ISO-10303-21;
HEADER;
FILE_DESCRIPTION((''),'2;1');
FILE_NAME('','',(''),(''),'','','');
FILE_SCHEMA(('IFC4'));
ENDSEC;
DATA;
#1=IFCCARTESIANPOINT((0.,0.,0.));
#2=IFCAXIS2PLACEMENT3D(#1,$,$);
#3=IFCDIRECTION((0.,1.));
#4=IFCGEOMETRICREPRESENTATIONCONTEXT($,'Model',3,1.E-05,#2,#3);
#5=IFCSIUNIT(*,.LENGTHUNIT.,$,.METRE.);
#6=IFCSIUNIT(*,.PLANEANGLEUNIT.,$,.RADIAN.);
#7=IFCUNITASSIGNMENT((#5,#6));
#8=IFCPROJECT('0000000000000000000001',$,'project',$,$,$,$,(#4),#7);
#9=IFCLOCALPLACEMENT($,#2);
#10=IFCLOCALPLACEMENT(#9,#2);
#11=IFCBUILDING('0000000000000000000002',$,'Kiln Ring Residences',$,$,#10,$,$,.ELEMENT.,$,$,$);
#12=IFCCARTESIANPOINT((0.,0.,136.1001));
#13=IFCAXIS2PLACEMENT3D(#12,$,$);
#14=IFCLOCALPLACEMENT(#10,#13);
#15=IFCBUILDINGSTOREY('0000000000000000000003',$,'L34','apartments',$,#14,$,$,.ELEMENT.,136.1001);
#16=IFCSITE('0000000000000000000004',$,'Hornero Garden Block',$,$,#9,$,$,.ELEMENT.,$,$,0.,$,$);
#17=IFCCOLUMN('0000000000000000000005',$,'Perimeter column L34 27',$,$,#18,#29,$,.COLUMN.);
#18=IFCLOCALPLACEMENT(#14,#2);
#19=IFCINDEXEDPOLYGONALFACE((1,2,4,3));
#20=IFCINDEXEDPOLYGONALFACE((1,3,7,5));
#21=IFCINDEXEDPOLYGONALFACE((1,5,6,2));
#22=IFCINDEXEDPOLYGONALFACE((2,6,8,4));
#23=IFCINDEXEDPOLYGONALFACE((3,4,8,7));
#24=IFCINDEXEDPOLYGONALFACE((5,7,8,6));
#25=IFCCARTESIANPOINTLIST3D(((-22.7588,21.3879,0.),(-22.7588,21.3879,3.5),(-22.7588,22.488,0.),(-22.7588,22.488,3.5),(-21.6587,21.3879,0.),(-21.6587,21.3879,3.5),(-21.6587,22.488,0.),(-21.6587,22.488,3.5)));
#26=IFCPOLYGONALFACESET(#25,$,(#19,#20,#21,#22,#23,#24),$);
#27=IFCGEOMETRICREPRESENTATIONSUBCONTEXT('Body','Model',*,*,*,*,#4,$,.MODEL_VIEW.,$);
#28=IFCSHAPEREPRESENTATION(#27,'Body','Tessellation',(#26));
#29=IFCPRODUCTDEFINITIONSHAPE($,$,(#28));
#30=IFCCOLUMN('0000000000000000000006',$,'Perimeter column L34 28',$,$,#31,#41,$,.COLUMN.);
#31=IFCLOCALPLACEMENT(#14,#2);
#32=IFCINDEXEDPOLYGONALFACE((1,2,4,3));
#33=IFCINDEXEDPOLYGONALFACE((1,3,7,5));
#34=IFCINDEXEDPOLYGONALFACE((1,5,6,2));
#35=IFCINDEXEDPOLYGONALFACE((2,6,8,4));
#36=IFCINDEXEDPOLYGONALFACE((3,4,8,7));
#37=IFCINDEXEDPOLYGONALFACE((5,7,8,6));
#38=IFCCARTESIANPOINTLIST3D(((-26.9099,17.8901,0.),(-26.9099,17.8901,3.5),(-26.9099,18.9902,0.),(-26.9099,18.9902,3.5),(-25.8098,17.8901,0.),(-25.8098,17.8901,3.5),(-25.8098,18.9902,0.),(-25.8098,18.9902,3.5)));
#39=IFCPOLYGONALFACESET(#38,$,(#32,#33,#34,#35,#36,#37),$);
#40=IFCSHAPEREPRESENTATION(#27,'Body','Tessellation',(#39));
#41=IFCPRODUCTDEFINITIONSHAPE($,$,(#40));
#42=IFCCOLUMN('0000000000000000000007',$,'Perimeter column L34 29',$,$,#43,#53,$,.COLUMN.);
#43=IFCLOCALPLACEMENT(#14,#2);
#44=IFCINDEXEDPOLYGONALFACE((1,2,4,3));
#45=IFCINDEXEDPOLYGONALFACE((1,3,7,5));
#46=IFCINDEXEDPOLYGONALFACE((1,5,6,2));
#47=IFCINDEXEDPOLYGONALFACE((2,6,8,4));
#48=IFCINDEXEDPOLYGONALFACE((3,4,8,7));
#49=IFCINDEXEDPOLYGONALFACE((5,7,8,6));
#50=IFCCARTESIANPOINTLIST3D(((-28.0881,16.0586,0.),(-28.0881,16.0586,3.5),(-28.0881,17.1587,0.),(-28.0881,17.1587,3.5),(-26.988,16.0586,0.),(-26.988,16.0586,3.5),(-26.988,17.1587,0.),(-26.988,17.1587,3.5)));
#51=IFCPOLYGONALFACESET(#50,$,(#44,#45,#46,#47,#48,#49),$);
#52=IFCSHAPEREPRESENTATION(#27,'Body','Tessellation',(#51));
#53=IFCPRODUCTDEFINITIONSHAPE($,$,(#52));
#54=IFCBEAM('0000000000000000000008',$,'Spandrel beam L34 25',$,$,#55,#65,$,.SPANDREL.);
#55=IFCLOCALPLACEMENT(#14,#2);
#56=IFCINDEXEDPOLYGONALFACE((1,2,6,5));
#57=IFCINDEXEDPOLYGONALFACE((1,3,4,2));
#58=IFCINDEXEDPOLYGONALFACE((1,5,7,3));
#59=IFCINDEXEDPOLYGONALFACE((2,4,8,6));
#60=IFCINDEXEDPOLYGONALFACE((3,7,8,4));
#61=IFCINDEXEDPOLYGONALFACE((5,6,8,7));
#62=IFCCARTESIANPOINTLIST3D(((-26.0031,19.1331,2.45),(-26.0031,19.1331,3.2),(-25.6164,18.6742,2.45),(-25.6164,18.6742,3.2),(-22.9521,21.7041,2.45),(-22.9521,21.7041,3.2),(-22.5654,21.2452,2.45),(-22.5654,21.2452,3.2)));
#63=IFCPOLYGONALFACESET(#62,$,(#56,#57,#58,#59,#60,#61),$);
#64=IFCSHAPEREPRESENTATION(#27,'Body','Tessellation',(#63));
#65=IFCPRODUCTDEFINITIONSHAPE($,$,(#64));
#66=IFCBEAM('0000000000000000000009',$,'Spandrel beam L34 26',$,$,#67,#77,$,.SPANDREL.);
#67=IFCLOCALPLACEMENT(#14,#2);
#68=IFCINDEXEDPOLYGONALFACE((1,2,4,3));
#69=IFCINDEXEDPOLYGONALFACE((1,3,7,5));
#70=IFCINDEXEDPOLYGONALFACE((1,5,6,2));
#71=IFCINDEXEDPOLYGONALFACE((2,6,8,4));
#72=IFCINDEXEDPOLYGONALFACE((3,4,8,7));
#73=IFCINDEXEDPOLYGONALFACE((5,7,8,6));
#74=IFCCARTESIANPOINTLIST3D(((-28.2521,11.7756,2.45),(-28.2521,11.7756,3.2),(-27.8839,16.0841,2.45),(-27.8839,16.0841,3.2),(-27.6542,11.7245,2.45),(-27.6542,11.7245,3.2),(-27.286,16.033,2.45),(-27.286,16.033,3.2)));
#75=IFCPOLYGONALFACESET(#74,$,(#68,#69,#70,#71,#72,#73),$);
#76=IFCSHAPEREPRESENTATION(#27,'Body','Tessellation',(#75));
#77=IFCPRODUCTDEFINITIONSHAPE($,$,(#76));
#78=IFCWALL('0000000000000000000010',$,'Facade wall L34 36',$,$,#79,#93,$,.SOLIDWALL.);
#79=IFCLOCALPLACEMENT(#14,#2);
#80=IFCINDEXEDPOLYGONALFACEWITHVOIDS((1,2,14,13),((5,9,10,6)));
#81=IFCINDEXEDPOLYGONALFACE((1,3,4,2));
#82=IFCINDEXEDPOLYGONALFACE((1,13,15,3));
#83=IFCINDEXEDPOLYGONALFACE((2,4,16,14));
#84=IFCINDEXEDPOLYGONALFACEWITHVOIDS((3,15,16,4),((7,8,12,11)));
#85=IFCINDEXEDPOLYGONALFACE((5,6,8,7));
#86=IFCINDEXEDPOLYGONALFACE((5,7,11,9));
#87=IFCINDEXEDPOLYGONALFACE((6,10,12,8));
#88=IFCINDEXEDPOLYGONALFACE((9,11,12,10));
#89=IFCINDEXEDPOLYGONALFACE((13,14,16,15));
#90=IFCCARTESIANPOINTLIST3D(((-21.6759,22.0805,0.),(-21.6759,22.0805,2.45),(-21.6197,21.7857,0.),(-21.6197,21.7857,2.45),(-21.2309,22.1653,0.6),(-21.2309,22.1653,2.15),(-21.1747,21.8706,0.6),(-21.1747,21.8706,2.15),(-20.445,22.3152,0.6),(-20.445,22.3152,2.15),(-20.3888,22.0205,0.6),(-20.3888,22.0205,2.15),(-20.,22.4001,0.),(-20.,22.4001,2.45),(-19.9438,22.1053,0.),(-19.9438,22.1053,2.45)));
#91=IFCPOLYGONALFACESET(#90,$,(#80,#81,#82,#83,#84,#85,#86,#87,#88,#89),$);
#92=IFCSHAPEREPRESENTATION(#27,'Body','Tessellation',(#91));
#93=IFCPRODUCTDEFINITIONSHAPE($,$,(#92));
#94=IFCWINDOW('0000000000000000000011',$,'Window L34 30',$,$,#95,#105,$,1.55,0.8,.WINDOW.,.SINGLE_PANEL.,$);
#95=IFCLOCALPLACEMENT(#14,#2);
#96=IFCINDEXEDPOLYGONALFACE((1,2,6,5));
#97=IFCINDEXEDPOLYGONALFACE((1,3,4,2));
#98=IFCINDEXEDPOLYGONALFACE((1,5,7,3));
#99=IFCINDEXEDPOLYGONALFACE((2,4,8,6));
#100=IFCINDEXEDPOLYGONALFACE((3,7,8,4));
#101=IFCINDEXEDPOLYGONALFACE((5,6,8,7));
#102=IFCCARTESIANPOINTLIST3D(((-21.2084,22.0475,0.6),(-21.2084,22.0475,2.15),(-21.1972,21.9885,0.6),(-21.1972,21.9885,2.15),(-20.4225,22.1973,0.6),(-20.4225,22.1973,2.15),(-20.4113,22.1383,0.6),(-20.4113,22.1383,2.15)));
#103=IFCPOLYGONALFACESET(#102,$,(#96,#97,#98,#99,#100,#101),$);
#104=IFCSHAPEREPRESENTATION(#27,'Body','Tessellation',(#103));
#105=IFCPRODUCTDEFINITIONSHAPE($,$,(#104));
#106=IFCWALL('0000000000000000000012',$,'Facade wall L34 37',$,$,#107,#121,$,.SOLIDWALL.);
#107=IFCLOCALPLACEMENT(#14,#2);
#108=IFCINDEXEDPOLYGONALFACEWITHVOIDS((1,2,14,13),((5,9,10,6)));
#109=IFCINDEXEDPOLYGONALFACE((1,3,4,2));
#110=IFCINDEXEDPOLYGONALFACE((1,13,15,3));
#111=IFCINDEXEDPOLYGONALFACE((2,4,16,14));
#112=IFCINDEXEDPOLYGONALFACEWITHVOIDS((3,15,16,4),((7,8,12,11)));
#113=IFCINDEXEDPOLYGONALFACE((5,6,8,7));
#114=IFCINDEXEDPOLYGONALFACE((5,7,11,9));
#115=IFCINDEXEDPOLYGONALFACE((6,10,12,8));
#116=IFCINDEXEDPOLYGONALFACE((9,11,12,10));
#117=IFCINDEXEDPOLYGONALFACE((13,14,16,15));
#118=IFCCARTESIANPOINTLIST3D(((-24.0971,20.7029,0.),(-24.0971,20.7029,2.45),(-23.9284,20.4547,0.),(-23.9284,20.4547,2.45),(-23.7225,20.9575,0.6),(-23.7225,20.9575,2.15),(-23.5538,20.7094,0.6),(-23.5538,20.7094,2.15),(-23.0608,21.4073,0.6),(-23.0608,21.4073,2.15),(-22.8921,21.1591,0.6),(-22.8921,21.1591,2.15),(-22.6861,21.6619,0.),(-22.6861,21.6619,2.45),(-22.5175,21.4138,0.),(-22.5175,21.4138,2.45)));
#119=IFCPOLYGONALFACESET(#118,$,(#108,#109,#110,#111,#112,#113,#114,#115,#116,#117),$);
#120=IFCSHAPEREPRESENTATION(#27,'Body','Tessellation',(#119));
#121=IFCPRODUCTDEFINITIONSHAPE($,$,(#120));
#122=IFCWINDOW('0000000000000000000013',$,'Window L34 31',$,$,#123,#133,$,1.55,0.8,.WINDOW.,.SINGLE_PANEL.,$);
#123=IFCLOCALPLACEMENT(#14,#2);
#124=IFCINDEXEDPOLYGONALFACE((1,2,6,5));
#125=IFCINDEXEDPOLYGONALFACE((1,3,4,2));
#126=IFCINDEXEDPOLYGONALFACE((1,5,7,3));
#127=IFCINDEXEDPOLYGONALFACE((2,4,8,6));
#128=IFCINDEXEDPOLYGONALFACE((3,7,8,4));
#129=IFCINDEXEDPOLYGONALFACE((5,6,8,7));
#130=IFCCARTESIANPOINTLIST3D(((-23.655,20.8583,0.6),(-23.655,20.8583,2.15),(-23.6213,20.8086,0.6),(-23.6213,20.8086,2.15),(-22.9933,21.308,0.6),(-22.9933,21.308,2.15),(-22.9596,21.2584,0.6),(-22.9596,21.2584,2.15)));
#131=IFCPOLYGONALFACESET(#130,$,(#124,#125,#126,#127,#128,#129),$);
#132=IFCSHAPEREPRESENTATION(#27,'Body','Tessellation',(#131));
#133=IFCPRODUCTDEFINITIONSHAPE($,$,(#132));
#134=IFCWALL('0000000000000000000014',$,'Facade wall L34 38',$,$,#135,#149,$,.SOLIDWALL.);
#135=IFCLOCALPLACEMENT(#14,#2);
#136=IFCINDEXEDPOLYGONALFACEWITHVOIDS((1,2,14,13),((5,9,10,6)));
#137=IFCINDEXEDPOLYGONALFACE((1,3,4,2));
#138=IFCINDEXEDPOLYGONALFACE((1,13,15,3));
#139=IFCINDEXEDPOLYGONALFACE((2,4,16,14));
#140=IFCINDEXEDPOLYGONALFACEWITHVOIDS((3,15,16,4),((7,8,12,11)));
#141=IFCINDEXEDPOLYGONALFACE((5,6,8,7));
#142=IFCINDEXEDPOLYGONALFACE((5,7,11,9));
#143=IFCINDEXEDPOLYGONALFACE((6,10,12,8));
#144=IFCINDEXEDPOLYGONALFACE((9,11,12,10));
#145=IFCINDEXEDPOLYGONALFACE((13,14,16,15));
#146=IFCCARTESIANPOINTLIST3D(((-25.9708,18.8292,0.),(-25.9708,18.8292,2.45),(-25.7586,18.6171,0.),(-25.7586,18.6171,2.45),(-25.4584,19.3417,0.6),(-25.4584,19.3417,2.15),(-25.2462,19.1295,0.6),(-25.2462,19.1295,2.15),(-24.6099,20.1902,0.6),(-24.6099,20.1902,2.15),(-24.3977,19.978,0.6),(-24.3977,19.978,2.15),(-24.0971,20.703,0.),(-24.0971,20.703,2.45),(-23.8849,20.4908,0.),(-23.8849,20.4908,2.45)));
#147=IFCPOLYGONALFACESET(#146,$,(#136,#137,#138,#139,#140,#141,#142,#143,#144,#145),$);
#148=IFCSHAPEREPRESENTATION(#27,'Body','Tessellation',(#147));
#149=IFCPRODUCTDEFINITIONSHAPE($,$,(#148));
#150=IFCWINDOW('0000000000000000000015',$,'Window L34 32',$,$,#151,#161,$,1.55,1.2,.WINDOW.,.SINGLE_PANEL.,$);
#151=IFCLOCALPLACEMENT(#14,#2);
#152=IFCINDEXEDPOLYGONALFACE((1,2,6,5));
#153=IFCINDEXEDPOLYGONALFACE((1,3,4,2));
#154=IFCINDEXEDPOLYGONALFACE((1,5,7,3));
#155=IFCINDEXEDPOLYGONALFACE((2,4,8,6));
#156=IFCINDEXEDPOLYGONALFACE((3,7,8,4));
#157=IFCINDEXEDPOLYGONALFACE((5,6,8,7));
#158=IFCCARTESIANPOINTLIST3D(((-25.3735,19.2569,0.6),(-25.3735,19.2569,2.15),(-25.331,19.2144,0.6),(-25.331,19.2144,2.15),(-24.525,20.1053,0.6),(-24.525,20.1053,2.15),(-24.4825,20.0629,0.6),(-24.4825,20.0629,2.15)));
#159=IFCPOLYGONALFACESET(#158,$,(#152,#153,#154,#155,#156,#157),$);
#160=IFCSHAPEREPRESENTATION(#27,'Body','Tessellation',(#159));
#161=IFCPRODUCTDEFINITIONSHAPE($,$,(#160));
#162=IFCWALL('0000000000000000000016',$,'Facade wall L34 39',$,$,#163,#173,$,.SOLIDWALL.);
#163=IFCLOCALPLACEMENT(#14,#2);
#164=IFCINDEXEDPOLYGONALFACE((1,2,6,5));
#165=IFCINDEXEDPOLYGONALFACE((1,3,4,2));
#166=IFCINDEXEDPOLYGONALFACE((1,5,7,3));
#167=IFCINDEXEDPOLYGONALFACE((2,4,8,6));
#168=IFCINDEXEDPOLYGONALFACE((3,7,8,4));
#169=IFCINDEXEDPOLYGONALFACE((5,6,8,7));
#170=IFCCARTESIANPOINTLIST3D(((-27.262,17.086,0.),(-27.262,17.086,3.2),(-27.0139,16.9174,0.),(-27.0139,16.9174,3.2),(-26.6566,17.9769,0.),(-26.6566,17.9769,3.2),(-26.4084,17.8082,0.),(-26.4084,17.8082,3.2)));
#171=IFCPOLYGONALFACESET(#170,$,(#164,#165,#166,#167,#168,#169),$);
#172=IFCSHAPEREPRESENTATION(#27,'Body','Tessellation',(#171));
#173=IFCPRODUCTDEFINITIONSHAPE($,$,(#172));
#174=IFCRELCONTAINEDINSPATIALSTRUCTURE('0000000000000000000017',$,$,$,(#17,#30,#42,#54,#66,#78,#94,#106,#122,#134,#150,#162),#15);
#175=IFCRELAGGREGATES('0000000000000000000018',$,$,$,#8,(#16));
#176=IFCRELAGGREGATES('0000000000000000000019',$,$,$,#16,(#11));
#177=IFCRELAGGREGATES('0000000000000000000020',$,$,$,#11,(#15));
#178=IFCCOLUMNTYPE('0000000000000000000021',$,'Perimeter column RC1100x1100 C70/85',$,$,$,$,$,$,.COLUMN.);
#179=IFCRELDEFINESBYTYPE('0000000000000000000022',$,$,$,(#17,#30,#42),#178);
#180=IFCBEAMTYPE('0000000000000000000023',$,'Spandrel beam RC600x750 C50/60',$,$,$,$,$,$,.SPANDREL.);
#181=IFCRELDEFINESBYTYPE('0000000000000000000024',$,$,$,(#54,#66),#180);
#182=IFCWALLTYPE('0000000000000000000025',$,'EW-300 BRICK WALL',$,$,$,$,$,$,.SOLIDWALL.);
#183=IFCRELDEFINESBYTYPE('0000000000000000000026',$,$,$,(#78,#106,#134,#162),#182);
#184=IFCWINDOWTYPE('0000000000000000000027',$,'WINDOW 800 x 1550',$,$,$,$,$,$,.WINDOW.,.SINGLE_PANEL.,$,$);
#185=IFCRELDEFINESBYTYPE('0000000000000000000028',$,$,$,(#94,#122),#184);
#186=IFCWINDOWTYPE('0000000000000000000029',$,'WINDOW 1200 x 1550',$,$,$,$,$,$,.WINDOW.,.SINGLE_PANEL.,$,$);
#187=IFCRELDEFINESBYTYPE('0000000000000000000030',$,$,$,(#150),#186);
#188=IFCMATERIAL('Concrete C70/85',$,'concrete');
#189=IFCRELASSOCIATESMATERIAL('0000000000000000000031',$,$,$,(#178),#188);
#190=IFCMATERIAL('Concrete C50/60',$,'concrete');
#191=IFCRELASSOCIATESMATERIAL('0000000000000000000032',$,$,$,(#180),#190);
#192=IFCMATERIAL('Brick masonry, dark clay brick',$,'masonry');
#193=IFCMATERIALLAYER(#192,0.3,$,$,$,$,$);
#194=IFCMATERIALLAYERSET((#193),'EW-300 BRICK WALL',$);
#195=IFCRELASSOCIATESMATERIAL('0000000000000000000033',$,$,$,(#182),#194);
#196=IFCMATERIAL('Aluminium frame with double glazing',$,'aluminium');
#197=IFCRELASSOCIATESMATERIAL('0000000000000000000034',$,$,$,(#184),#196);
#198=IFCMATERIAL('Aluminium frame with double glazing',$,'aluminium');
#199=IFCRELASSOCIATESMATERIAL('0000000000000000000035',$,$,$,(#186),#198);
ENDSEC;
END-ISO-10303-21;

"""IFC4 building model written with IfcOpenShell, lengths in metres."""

from ifc_helpers import new_model, si_unit, direction, frame, frame_2d, origin, origin_2d, place, context, subcontext, project, spatial, rectangle, extrude, material, layer, layer_set, material_profile, profile_set, type_object, element, fill, save


model = new_model("IFC4")

# Units and contexts
model_context = context("Model", 3, precision=1e-05, world=origin(), true_north=direction((0.0, 1.0)))
body_context = subcontext(model_context, "Body", "Model", "MODEL_VIEW")
ifc_project = project(units=[si_unit("LENGTHUNIT", "METRE"), si_unit("PLANEANGLEUNIT", "RADIAN")], contexts=[model_context])

# Site, building, storey
site_placement = place(None, origin())
site = spatial("IfcSite", under=ifc_project, at=site_placement, Name="Hornero Garden Block", CompositionType="ELEMENT", RefElevation=0.0)
building_placement = place(site_placement, origin())
building = spatial("IfcBuilding", under=site, at=building_placement, Name="Kiln Ring Residences", CompositionType="ELEMENT")
storey_placement = place(building_placement, frame((0.0, 0.0, 136.1001)))
storey = spatial("IfcBuildingStorey", under=building, at=storey_placement, Name="L34", Description="apartments", CompositionType="ELEMENT", Elevation=136.1001)

# Columns
ifc_material_1 = material(Name="Concrete C70/85", Category="concrete")
ifc_material_profile_1 = material_profile(ifc_material_1, rectangle(XDim=1.1001, YDim=1.1001, at=origin_2d()), Name="RC1100x1100")
ifc_profile_set_1 = profile_set([ifc_material_profile_1], Name="Concrete C70/85")
column_type = type_object("IfcColumnType", Name="Perimeter column RC1100x1100 C70/85", PredefinedType="COLUMN", material=ifc_profile_set_1)
for number, where, z_axis, x_axis, name in (
    (1, (-22.2087, 21.938, 0.0), (0.0, 0.0, 1.0), (1.0, 0.0, 0.0), "Perimeter column L34 27"),
    (2, (-26.3599, 18.4402, 0.0), (0.0, 0.0, 1.0), (1.0, 0.0, 0.0), "Perimeter column L34 28"),
    (3, (-27.5381, 16.6086, 0.0), (0.0, 0.0, 1.0), (1.0, 0.0, 0.0), "Perimeter column L34 29"),
):
    element("IfcColumn", number, at=place(storey_placement, frame(where, z_axis=z_axis, x_axis=x_axis)), inside=storey, type_object=column_type, Name=name, PredefinedType="COLUMN", context=body_context, shape_type="SweptSolid", body=[
        extrude(rectangle(XDim=1.1001, YDim=1.1001, at=origin_2d()), origin(), (0.0, 0.0, 1.0), 3.5),
    ])

# Beams
ifc_material_2 = material(Name="Concrete C50/60", Category="concrete")
ifc_material_profile_2 = material_profile(ifc_material_2, rectangle(XDim=0.6001, YDim=0.75, at=origin_2d()), Name="RC600x750")
ifc_profile_set_2 = profile_set([ifc_material_profile_2], Name="Concrete C50/60")
beam_type = type_object("IfcBeamType", Name="Spandrel beam RC600x750 C50/60", PredefinedType="SPANDREL", material=ifc_profile_set_2)
beam_1_placement = place(storey_placement, frame((-22.7588, 21.4746, 2.825), z_axis=(-0.764694, -0.644394, 0.0), x_axis=(0.644394, -0.764694, 0.0)))
element("IfcBeam", 4, at=beam_1_placement, inside=storey, type_object=beam_type, Name="Spandrel beam L34 25", PredefinedType="SPANDREL", context=body_context, shape_type="SweptSolid", body=[
    extrude(rectangle(XDim=0.6001, YDim=0.75, at=origin_2d()), origin(), (0.0, 0.0, 1.0), 3.9897),
])
beam_2_placement = place(storey_placement, frame((-27.585, 16.0586, 2.825), z_axis=(-0.085139, -0.996369, 0.0), x_axis=(0.996369, -0.085139, 0.0)))
element("IfcBeam", 5, at=beam_2_placement, inside=storey, type_object=beam_type, Name="Spandrel beam L34 26", PredefinedType="SPANDREL", context=body_context, shape_type="SweptSolid", body=[
    extrude(rectangle(XDim=0.6001, YDim=0.75, at=origin_2d()), origin(), (0.0, 0.0, 1.0), 4.3242),
])

# Walls, openings, windows
ifc_material_3 = material(Name="Brick masonry, dark clay brick", Category="masonry")
ifc_layer_1 = layer(ifc_material_3, 0.3)
ifc_layer_set_1 = layer_set([ifc_layer_1], Name="EW-300 BRICK WALL")
wall_type_1 = type_object("IfcWallType", Name="EW-300 BRICK WALL", PredefinedType="SOLIDWALL", material=ifc_layer_set_1)
wall_1_placement = place(storey_placement, frame((-19.9719, 22.2527, 0.0), z_axis=(0.0, 0.0, 1.0), x_axis=(-0.982297, -0.187329, 0.0)))
wall_1 = element("IfcWall", 6, at=wall_1_placement, inside=storey, type_object=wall_type_1, Name="Facade wall L34 36", PredefinedType="SOLIDWALL", context=body_context, shape_type="SweptSolid", body=[
    extrude(rectangle(XDim=1.7061, YDim=0.3, at=frame_2d((0.853, 0.0))), origin(), (0.0, 0.0, 1.0), 2.45),
])
opening_1_placement = place(wall_1_placement, frame((0.4531, 0.0, 0.6001)))
opening_1 = element("IfcOpeningElement", 7, at=opening_1_placement, cuts=wall_1, PredefinedType="OPENING", context=body_context, shape_type="SweptSolid", body=[
    extrude(rectangle(XDim=0.8, YDim=1.55, at=frame_2d((0.3999, 0.7749))), frame((0.0, 0.1599, 0.0), z_axis=(0.0, -1.0, 0.0), x_axis=(1.0, 0.0, 0.0)), (0.0, 0.0, 1.0), 0.3201),
])
ifc_material_4 = material(Name="Aluminium frame with double glazing", Category="aluminium")
window_type_1 = type_object("IfcWindowType", Name="WINDOW 800 x 1550", PartitioningType="SINGLE_PANEL", PredefinedType="WINDOW", material=ifc_material_4)
window_1_placement = place(opening_1_placement, origin())
window_1 = element("IfcWindow", 8, at=window_1_placement, inside=storey, type_object=window_type_1, Name="Window L34 30", OverallHeight=1.55, OverallWidth=0.8, PartitioningType="SINGLE_PANEL", PredefinedType="WINDOW", context=body_context, shape_type="SweptSolid", body=[
    extrude(rectangle(XDim=0.8, YDim=1.55, at=frame_2d((0.3999, 0.7749))), frame((0.0, 0.03, 0.0), z_axis=(0.0, -1.0, 0.0), x_axis=(1.0, 0.0, 0.0)), (0.0, 0.0, 1.0), 0.0601),
])
fill(opening_1, window_1)
wall_2_placement = place(storey_placement, frame((-22.6018, 21.5378, 0.0), z_axis=(0.0, 0.0, 1.0), x_axis=(-0.827041, -0.562142, 0.0)))
wall_2 = element("IfcWall", 9, at=wall_2_placement, inside=storey, type_object=wall_type_1, Name="Facade wall L34 37", PredefinedType="SOLIDWALL", context=body_context, shape_type="SweptSolid", body=[
    extrude(rectangle(XDim=1.7061, YDim=0.3, at=frame_2d((0.853, 0.0))), origin(), (0.0, 0.0, 1.0), 2.45),
])
opening_2_placement = place(wall_2_placement, frame((0.4531, 0.0, 0.6001)))
opening_2 = element("IfcOpeningElement", 10, at=opening_2_placement, cuts=wall_2, PredefinedType="OPENING", context=body_context, shape_type="SweptSolid", body=[
    extrude(rectangle(XDim=0.8, YDim=1.55, at=frame_2d((0.3999, 0.7749))), frame((0.0, 0.1599, 0.0), z_axis=(0.0, -1.0, 0.0), x_axis=(1.0, 0.0, 0.0)), (0.0, 0.0, 1.0), 0.3201),
])
window_2_placement = place(opening_2_placement, origin())
window_2 = element("IfcWindow", 11, at=window_2_placement, inside=storey, type_object=window_type_1, Name="Window L34 31", OverallHeight=1.55, OverallWidth=0.8, PartitioningType="SINGLE_PANEL", PredefinedType="WINDOW", context=body_context, shape_type="SweptSolid", body=[
    extrude(rectangle(XDim=0.8, YDim=1.55, at=frame_2d((0.3999, 0.7749))), frame((0.0, 0.03, 0.0), z_axis=(0.0, -1.0, 0.0), x_axis=(1.0, 0.0, 0.0)), (0.0, 0.0, 1.0), 0.0601),
])
fill(opening_2, window_2)
wall_3_placement = place(storey_placement, frame((-23.991, 20.5969, 0.0), z_axis=(0.0, 0.0, 1.0), x_axis=(-0.707107, -0.707107, 0.0)))
wall_3 = element("IfcWall", 12, at=wall_3_placement, inside=storey, type_object=wall_type_1, Name="Facade wall L34 38", PredefinedType="SOLIDWALL", context=body_context, shape_type="SweptSolid", body=[
    extrude(rectangle(XDim=2.6499, YDim=0.3, at=frame_2d((1.325, 0.0))), origin(), (0.0, 0.0, 1.0), 2.45),
])
opening_3_placement = place(wall_3_placement, frame((0.7251, 0.0, 0.6001)))
opening_3 = element("IfcOpeningElement", 13, at=opening_3_placement, cuts=wall_3, PredefinedType="OPENING", context=body_context, shape_type="SweptSolid", body=[
    extrude(rectangle(XDim=1.2, YDim=1.55, at=frame_2d((0.6001, 0.7749))), frame((0.0, 0.1599, 0.0), z_axis=(0.0, -1.0, 0.0), x_axis=(1.0, 0.0, 0.0)), (0.0, 0.0, 1.0), 0.3201),
])
ifc_material_5 = material(Name="Aluminium frame with double glazing", Category="aluminium")
window_type_2 = type_object("IfcWindowType", Name="WINDOW 1200 x 1550", PartitioningType="SINGLE_PANEL", PredefinedType="WINDOW", material=ifc_material_5)
window_3_placement = place(opening_3_placement, origin())
window_3 = element("IfcWindow", 14, at=window_3_placement, inside=storey, type_object=window_type_2, Name="Window L34 32", OverallHeight=1.55, OverallWidth=1.2, PartitioningType="SINGLE_PANEL", PredefinedType="WINDOW", context=body_context, shape_type="SweptSolid", body=[
    extrude(rectangle(XDim=1.2, YDim=1.55, at=frame_2d((0.6001, 0.7749))), frame((0.0, 0.03, 0.0), z_axis=(0.0, -1.0, 0.0), x_axis=(1.0, 0.0, 0.0)), (0.0, 0.0, 1.0), 0.0601),
])
fill(opening_3, window_3)

# Wall
wall_4_placement = place(storey_placement, frame((-26.5325, 17.8926, 0.0), z_axis=(0.0, 0.0, 1.0), x_axis=(-0.562105, -0.827066, 0.0)))
element("IfcWall", 15, at=wall_4_placement, inside=storey, type_object=wall_type_1, Name="Facade wall L34 39", PredefinedType="SOLIDWALL", context=body_context, shape_type="SweptSolid", body=[
    extrude(rectangle(XDim=1.0771, YDim=0.3, at=frame_2d((0.5386, 0.0))), origin(), (0.0, 0.0, 1.0), 3.2),
])

save(model, "model.ifc")
